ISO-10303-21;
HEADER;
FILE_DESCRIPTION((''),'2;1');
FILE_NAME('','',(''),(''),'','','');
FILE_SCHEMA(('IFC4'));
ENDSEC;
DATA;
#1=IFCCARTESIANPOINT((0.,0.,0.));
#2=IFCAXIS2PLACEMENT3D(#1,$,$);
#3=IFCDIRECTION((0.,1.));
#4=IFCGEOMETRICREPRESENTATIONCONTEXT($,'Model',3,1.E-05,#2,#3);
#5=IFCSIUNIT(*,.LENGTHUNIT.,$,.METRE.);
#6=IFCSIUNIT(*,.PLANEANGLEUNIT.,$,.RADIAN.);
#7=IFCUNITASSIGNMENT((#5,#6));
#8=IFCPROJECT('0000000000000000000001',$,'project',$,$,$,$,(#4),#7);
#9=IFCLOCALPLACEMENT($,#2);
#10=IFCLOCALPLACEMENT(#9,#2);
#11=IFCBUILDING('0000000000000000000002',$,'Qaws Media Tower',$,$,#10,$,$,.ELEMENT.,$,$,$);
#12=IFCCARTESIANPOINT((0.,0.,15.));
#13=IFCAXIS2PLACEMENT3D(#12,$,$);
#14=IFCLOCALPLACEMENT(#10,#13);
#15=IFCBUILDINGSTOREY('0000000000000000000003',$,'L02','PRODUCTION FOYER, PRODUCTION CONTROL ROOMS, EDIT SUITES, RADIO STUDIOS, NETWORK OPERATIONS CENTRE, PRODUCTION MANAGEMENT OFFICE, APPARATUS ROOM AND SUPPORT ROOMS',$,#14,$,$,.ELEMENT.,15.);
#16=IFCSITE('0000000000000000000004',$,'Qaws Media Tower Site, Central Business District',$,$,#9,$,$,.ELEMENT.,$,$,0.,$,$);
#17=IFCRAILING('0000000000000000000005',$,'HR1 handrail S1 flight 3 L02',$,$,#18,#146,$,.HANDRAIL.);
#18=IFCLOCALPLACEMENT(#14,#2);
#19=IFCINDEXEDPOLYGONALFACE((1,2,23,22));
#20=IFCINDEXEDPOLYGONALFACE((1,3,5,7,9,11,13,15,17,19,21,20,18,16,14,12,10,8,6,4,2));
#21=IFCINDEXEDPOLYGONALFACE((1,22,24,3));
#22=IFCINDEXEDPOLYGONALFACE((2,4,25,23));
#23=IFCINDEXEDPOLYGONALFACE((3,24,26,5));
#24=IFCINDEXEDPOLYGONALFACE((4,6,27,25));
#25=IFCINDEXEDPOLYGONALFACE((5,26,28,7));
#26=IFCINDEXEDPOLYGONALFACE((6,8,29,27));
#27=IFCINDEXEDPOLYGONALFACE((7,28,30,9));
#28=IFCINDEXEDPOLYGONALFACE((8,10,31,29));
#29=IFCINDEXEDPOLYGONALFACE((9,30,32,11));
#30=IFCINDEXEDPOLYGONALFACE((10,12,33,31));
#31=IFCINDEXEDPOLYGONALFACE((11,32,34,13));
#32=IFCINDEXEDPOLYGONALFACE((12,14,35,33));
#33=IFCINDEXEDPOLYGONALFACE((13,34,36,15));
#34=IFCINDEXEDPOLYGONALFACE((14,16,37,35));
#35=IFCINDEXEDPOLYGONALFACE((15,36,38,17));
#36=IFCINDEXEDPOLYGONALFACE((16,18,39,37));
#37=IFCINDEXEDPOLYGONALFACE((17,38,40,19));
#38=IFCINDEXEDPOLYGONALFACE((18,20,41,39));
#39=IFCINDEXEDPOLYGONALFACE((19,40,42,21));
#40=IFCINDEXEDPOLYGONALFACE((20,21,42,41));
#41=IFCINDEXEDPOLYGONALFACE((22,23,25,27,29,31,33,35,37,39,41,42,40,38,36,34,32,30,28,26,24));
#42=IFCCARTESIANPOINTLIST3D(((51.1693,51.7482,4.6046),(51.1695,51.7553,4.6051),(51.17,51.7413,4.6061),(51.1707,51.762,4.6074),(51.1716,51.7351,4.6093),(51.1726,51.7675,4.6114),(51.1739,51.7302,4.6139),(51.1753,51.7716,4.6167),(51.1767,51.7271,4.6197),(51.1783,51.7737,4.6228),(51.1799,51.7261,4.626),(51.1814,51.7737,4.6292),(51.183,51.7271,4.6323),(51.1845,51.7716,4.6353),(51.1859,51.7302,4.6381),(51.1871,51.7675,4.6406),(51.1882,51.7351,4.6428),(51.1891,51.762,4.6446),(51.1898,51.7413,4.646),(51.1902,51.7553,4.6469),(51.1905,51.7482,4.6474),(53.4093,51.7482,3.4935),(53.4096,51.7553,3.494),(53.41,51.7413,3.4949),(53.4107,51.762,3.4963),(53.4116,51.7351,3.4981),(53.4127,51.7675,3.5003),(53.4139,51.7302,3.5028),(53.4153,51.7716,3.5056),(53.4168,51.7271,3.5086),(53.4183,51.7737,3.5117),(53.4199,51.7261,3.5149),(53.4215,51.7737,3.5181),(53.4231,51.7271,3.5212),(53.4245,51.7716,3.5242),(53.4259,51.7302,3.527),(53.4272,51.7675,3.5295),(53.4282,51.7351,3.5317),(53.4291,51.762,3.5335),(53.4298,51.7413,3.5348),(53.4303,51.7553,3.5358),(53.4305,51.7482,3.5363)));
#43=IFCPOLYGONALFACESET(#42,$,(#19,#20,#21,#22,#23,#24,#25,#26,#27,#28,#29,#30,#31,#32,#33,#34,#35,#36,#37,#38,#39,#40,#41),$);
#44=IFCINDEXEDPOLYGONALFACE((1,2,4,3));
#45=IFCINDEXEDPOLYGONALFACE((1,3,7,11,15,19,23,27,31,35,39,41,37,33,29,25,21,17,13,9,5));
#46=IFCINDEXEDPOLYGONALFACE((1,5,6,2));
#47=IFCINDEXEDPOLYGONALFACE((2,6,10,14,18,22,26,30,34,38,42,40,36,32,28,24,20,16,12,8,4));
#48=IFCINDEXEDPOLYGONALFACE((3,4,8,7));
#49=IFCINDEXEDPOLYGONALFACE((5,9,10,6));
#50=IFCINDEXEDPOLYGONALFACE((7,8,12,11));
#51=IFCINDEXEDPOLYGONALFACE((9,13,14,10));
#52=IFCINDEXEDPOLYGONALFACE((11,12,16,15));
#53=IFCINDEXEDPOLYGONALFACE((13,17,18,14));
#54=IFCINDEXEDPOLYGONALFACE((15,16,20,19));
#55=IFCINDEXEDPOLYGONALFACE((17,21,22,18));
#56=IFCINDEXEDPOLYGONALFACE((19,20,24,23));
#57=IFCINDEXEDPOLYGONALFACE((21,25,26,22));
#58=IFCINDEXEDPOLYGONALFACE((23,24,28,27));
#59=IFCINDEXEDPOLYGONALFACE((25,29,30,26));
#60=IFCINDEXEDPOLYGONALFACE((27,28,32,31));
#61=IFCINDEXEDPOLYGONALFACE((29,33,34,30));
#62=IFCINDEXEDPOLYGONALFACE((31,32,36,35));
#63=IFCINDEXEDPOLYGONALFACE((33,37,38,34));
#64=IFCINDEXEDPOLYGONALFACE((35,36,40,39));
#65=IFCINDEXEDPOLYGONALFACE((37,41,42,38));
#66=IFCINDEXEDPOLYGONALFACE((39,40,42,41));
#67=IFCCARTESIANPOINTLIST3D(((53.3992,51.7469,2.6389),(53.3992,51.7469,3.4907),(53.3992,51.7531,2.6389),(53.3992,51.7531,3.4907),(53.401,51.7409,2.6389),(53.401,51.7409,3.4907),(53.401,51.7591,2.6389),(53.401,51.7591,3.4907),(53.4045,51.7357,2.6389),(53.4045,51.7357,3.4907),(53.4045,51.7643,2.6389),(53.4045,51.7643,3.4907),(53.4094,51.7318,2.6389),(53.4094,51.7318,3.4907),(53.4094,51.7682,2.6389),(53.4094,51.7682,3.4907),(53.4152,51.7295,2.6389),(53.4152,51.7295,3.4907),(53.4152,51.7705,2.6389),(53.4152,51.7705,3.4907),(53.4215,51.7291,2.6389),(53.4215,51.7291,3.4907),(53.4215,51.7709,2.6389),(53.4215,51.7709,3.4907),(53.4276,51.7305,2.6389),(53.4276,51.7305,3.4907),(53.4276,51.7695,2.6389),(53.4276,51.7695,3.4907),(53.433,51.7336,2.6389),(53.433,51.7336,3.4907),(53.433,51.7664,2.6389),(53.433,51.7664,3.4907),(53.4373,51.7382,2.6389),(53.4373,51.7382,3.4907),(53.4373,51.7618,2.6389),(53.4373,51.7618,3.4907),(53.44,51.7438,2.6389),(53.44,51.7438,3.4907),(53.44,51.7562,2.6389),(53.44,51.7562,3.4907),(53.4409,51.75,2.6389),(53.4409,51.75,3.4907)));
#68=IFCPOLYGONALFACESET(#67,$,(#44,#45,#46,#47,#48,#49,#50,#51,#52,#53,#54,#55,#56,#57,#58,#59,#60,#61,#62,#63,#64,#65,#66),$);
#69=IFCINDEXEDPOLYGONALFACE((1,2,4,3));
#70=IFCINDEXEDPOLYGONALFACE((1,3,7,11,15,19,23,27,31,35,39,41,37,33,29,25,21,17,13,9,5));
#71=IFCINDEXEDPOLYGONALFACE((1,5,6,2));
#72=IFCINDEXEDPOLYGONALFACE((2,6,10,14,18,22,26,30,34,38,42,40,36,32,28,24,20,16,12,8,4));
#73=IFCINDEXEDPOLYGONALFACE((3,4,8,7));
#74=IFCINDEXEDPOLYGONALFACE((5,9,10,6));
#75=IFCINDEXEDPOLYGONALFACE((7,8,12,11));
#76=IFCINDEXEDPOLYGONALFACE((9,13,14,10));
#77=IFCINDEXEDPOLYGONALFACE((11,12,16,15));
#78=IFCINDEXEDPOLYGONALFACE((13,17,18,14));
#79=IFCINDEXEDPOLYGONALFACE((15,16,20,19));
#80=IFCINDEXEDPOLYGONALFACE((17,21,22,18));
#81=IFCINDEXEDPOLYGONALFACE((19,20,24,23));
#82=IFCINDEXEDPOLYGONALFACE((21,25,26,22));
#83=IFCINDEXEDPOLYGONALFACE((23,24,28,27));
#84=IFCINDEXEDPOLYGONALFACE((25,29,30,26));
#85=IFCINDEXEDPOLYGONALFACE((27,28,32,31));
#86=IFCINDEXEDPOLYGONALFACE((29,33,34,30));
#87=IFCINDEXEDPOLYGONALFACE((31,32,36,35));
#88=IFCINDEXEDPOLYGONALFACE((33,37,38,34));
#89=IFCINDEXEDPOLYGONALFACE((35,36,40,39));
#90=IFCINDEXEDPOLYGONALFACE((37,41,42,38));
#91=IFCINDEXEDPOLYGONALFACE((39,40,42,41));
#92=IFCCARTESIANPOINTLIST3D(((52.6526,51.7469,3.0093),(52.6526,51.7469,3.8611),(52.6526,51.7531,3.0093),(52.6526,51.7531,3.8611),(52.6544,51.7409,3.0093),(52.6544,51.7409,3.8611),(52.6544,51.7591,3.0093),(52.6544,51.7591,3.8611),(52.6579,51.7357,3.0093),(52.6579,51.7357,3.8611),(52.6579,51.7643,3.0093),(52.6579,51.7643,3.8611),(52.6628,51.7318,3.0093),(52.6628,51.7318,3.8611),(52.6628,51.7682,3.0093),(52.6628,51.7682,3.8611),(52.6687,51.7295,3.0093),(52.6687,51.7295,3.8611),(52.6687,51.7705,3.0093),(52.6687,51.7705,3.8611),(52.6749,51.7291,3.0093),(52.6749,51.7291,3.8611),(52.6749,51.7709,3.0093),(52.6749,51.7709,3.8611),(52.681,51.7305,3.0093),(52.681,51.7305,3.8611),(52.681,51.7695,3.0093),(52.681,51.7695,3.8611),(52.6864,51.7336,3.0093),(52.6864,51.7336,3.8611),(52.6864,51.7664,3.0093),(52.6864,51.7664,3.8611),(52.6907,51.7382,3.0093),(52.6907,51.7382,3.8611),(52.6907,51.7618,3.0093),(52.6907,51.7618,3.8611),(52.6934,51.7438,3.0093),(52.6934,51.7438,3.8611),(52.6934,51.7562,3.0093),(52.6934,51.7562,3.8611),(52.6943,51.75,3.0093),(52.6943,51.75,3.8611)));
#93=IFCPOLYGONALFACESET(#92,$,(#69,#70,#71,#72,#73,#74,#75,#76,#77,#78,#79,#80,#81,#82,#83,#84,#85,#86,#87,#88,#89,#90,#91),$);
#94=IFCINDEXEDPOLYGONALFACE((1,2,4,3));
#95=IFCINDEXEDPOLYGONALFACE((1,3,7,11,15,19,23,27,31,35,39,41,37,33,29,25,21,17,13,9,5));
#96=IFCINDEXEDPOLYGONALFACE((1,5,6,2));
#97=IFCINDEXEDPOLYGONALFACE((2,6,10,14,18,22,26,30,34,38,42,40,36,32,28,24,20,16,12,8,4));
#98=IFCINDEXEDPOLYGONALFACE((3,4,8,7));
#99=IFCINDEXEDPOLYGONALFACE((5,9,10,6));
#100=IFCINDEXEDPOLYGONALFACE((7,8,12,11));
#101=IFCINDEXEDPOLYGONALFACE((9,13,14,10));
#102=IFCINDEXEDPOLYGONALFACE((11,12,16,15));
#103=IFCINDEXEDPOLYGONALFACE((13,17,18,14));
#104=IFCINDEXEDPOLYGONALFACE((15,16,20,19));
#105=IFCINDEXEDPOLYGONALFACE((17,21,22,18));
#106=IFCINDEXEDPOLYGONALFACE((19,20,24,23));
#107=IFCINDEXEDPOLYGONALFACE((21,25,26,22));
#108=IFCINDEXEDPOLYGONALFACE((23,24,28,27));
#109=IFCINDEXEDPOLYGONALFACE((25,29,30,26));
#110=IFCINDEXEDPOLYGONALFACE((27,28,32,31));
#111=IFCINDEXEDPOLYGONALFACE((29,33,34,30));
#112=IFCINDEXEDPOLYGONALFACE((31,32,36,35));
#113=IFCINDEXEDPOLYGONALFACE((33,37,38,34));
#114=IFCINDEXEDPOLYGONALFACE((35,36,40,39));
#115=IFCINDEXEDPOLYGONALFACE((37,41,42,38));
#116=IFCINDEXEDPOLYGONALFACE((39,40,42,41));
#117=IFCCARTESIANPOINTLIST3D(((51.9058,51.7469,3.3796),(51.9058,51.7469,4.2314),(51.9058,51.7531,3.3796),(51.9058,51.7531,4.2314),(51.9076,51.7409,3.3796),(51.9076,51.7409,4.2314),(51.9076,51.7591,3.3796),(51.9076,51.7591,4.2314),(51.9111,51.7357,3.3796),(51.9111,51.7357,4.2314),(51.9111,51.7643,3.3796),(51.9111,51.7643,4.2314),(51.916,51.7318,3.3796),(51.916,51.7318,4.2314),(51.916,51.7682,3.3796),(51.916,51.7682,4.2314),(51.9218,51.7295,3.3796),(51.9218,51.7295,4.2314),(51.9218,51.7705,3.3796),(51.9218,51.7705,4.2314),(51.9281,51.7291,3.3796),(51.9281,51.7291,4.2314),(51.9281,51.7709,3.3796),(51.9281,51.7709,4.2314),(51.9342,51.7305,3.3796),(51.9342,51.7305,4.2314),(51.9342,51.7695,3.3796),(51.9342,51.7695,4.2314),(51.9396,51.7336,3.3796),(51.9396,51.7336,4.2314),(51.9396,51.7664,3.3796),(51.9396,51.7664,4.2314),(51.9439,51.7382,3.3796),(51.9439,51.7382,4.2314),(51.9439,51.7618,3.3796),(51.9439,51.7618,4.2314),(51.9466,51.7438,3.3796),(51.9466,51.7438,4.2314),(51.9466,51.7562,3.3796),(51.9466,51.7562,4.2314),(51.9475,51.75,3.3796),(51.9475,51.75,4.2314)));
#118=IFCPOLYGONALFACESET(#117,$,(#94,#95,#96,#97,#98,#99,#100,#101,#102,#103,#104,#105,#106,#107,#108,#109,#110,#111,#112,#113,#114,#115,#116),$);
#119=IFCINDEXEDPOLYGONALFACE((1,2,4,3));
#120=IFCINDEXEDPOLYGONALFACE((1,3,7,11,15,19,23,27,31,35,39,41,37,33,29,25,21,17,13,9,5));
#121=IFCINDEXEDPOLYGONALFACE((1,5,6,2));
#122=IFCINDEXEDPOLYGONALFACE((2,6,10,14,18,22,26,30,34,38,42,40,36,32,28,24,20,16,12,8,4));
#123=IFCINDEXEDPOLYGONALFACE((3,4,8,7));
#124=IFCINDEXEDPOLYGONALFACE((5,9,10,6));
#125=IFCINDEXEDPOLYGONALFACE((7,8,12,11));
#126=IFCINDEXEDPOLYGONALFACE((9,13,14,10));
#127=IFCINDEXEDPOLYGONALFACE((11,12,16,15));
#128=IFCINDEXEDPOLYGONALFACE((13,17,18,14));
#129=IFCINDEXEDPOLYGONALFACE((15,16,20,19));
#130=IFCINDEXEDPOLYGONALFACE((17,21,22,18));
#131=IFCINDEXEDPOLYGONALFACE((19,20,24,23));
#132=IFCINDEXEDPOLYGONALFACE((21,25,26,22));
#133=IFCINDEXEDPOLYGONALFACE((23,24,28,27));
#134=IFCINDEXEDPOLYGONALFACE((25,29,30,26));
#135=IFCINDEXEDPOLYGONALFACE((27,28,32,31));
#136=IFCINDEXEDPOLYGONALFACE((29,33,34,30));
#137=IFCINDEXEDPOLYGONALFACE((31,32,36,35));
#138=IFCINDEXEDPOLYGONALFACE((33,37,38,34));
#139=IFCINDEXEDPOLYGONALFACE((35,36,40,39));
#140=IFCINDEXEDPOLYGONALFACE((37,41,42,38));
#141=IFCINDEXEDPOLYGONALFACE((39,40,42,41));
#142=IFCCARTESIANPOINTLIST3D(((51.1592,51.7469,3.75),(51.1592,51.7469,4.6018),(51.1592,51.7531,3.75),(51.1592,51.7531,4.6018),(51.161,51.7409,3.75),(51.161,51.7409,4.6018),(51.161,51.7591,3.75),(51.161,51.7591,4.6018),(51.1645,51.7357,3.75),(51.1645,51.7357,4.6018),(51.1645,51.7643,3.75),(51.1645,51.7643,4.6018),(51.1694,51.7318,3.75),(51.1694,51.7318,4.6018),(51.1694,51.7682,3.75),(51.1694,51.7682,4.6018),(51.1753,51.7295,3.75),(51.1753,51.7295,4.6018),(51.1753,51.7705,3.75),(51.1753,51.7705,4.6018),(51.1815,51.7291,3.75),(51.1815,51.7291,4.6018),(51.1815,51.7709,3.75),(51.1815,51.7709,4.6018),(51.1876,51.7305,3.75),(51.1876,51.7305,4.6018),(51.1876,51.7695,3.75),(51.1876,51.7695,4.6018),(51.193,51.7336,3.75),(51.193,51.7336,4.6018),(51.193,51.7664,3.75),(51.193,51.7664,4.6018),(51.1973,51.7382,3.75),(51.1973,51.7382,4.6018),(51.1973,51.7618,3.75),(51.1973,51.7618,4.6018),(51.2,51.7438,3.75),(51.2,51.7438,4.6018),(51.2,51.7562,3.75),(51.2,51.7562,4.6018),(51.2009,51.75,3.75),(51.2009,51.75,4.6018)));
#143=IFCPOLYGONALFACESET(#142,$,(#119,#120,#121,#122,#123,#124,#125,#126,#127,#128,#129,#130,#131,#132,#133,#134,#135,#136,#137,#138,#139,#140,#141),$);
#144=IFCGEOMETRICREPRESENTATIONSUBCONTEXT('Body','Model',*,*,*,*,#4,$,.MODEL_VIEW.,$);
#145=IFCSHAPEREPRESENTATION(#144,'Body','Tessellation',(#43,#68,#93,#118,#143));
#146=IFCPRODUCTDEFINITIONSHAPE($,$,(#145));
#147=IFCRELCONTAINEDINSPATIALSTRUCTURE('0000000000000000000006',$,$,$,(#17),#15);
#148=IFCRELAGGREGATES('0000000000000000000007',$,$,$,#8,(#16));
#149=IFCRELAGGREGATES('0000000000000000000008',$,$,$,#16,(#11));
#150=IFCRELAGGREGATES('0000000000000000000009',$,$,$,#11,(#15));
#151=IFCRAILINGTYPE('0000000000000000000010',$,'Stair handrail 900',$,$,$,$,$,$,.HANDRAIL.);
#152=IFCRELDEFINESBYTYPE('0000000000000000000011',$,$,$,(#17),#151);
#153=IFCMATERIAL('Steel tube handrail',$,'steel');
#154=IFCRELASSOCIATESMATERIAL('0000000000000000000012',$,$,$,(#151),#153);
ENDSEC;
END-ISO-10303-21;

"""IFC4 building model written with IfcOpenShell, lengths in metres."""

from ifc_helpers import new_model, si_unit, direction, frame, origin, origin_2d, place, context, subcontext, project, spatial, circle, extrude, material, type_object, element, save


model = new_model("IFC4")

# Units and contexts
model_context = context("Model", 3, precision=1e-05, world=origin(), true_north=direction((0.0, 1.0)))
body_context = subcontext(model_context, "Body", "Model", "MODEL_VIEW")
ifc_project = project(units=[si_unit("LENGTHUNIT", "METRE"), si_unit("PLANEANGLEUNIT", "RADIAN")], contexts=[model_context])

# Site, building, storey
site_placement = place(None, origin())
site = spatial("IfcSite", under=ifc_project, at=site_placement, Name="Qaws Media Tower Site, Central Business District", CompositionType="ELEMENT", RefElevation=0.0)
building_placement = place(site_placement, origin())
building = spatial("IfcBuilding", under=site, at=building_placement, Name="Qaws Media Tower", CompositionType="ELEMENT")
storey_placement = place(building_placement, frame((0.0, 0.0, 15.0)))
storey = spatial("IfcBuildingStorey", under=building, at=storey_placement, Name="L02", Description="PRODUCTION FOYER, PRODUCTION CONTROL ROOMS, EDIT SUITES, RADIO STUDIOS, NETWORK OPERATIONS CENTRE, PRODUCTION MANAGEMENT OFFICE, APPARATUS ROOM AND SUPPORT ROOMS", CompositionType="ELEMENT", Elevation=15.0)

# Railing
ifc_material_1 = material(Name="Steel tube handrail", Category="steel")
railing_type = type_object("IfcRailingType", Name="Stair handrail 900", PredefinedType="HANDRAIL", material=ifc_material_1)
for number, where, name in (
    (1, (53.4199, 51.75, 2.6389), "HR1 handrail S1 flight 3 L02"),
):
    element("IfcRailing", number, at=place(storey_placement, frame(where)), inside=storey, type_object=railing_type, Name=name, PredefinedType="HANDRAIL", context=body_context, shape_type="SweptSolid", body=[
        extrude(circle(Radius=0.0239, at=origin_2d()), frame((0.0, 0.0, 0.876), z_axis=(-0.895848, 0.0, 0.44436), x_axis=(0.0, -1.0, 0.0)), (0.0, 0.0, 1.0), 2.5005),
        extrude(circle(Radius=0.021, at=origin_2d()), origin(), (0.0, 0.0, 1.0), 0.8518),
        extrude(circle(Radius=0.021, at=origin_2d()), frame((-0.7466, 0.0, 0.3704)), (0.0, 0.0, 1.0), 0.8518),
        extrude(circle(Radius=0.021, at=origin_2d()), frame((-1.4934, 0.0, 0.7407)), (0.0, 0.0, 1.0), 0.8518),
        extrude(circle(Radius=0.021, at=origin_2d()), frame((-2.24, 0.0, 1.1111)), (0.0, 0.0, 1.0), 0.8518),
    ])

save(model, "model.ifc")
